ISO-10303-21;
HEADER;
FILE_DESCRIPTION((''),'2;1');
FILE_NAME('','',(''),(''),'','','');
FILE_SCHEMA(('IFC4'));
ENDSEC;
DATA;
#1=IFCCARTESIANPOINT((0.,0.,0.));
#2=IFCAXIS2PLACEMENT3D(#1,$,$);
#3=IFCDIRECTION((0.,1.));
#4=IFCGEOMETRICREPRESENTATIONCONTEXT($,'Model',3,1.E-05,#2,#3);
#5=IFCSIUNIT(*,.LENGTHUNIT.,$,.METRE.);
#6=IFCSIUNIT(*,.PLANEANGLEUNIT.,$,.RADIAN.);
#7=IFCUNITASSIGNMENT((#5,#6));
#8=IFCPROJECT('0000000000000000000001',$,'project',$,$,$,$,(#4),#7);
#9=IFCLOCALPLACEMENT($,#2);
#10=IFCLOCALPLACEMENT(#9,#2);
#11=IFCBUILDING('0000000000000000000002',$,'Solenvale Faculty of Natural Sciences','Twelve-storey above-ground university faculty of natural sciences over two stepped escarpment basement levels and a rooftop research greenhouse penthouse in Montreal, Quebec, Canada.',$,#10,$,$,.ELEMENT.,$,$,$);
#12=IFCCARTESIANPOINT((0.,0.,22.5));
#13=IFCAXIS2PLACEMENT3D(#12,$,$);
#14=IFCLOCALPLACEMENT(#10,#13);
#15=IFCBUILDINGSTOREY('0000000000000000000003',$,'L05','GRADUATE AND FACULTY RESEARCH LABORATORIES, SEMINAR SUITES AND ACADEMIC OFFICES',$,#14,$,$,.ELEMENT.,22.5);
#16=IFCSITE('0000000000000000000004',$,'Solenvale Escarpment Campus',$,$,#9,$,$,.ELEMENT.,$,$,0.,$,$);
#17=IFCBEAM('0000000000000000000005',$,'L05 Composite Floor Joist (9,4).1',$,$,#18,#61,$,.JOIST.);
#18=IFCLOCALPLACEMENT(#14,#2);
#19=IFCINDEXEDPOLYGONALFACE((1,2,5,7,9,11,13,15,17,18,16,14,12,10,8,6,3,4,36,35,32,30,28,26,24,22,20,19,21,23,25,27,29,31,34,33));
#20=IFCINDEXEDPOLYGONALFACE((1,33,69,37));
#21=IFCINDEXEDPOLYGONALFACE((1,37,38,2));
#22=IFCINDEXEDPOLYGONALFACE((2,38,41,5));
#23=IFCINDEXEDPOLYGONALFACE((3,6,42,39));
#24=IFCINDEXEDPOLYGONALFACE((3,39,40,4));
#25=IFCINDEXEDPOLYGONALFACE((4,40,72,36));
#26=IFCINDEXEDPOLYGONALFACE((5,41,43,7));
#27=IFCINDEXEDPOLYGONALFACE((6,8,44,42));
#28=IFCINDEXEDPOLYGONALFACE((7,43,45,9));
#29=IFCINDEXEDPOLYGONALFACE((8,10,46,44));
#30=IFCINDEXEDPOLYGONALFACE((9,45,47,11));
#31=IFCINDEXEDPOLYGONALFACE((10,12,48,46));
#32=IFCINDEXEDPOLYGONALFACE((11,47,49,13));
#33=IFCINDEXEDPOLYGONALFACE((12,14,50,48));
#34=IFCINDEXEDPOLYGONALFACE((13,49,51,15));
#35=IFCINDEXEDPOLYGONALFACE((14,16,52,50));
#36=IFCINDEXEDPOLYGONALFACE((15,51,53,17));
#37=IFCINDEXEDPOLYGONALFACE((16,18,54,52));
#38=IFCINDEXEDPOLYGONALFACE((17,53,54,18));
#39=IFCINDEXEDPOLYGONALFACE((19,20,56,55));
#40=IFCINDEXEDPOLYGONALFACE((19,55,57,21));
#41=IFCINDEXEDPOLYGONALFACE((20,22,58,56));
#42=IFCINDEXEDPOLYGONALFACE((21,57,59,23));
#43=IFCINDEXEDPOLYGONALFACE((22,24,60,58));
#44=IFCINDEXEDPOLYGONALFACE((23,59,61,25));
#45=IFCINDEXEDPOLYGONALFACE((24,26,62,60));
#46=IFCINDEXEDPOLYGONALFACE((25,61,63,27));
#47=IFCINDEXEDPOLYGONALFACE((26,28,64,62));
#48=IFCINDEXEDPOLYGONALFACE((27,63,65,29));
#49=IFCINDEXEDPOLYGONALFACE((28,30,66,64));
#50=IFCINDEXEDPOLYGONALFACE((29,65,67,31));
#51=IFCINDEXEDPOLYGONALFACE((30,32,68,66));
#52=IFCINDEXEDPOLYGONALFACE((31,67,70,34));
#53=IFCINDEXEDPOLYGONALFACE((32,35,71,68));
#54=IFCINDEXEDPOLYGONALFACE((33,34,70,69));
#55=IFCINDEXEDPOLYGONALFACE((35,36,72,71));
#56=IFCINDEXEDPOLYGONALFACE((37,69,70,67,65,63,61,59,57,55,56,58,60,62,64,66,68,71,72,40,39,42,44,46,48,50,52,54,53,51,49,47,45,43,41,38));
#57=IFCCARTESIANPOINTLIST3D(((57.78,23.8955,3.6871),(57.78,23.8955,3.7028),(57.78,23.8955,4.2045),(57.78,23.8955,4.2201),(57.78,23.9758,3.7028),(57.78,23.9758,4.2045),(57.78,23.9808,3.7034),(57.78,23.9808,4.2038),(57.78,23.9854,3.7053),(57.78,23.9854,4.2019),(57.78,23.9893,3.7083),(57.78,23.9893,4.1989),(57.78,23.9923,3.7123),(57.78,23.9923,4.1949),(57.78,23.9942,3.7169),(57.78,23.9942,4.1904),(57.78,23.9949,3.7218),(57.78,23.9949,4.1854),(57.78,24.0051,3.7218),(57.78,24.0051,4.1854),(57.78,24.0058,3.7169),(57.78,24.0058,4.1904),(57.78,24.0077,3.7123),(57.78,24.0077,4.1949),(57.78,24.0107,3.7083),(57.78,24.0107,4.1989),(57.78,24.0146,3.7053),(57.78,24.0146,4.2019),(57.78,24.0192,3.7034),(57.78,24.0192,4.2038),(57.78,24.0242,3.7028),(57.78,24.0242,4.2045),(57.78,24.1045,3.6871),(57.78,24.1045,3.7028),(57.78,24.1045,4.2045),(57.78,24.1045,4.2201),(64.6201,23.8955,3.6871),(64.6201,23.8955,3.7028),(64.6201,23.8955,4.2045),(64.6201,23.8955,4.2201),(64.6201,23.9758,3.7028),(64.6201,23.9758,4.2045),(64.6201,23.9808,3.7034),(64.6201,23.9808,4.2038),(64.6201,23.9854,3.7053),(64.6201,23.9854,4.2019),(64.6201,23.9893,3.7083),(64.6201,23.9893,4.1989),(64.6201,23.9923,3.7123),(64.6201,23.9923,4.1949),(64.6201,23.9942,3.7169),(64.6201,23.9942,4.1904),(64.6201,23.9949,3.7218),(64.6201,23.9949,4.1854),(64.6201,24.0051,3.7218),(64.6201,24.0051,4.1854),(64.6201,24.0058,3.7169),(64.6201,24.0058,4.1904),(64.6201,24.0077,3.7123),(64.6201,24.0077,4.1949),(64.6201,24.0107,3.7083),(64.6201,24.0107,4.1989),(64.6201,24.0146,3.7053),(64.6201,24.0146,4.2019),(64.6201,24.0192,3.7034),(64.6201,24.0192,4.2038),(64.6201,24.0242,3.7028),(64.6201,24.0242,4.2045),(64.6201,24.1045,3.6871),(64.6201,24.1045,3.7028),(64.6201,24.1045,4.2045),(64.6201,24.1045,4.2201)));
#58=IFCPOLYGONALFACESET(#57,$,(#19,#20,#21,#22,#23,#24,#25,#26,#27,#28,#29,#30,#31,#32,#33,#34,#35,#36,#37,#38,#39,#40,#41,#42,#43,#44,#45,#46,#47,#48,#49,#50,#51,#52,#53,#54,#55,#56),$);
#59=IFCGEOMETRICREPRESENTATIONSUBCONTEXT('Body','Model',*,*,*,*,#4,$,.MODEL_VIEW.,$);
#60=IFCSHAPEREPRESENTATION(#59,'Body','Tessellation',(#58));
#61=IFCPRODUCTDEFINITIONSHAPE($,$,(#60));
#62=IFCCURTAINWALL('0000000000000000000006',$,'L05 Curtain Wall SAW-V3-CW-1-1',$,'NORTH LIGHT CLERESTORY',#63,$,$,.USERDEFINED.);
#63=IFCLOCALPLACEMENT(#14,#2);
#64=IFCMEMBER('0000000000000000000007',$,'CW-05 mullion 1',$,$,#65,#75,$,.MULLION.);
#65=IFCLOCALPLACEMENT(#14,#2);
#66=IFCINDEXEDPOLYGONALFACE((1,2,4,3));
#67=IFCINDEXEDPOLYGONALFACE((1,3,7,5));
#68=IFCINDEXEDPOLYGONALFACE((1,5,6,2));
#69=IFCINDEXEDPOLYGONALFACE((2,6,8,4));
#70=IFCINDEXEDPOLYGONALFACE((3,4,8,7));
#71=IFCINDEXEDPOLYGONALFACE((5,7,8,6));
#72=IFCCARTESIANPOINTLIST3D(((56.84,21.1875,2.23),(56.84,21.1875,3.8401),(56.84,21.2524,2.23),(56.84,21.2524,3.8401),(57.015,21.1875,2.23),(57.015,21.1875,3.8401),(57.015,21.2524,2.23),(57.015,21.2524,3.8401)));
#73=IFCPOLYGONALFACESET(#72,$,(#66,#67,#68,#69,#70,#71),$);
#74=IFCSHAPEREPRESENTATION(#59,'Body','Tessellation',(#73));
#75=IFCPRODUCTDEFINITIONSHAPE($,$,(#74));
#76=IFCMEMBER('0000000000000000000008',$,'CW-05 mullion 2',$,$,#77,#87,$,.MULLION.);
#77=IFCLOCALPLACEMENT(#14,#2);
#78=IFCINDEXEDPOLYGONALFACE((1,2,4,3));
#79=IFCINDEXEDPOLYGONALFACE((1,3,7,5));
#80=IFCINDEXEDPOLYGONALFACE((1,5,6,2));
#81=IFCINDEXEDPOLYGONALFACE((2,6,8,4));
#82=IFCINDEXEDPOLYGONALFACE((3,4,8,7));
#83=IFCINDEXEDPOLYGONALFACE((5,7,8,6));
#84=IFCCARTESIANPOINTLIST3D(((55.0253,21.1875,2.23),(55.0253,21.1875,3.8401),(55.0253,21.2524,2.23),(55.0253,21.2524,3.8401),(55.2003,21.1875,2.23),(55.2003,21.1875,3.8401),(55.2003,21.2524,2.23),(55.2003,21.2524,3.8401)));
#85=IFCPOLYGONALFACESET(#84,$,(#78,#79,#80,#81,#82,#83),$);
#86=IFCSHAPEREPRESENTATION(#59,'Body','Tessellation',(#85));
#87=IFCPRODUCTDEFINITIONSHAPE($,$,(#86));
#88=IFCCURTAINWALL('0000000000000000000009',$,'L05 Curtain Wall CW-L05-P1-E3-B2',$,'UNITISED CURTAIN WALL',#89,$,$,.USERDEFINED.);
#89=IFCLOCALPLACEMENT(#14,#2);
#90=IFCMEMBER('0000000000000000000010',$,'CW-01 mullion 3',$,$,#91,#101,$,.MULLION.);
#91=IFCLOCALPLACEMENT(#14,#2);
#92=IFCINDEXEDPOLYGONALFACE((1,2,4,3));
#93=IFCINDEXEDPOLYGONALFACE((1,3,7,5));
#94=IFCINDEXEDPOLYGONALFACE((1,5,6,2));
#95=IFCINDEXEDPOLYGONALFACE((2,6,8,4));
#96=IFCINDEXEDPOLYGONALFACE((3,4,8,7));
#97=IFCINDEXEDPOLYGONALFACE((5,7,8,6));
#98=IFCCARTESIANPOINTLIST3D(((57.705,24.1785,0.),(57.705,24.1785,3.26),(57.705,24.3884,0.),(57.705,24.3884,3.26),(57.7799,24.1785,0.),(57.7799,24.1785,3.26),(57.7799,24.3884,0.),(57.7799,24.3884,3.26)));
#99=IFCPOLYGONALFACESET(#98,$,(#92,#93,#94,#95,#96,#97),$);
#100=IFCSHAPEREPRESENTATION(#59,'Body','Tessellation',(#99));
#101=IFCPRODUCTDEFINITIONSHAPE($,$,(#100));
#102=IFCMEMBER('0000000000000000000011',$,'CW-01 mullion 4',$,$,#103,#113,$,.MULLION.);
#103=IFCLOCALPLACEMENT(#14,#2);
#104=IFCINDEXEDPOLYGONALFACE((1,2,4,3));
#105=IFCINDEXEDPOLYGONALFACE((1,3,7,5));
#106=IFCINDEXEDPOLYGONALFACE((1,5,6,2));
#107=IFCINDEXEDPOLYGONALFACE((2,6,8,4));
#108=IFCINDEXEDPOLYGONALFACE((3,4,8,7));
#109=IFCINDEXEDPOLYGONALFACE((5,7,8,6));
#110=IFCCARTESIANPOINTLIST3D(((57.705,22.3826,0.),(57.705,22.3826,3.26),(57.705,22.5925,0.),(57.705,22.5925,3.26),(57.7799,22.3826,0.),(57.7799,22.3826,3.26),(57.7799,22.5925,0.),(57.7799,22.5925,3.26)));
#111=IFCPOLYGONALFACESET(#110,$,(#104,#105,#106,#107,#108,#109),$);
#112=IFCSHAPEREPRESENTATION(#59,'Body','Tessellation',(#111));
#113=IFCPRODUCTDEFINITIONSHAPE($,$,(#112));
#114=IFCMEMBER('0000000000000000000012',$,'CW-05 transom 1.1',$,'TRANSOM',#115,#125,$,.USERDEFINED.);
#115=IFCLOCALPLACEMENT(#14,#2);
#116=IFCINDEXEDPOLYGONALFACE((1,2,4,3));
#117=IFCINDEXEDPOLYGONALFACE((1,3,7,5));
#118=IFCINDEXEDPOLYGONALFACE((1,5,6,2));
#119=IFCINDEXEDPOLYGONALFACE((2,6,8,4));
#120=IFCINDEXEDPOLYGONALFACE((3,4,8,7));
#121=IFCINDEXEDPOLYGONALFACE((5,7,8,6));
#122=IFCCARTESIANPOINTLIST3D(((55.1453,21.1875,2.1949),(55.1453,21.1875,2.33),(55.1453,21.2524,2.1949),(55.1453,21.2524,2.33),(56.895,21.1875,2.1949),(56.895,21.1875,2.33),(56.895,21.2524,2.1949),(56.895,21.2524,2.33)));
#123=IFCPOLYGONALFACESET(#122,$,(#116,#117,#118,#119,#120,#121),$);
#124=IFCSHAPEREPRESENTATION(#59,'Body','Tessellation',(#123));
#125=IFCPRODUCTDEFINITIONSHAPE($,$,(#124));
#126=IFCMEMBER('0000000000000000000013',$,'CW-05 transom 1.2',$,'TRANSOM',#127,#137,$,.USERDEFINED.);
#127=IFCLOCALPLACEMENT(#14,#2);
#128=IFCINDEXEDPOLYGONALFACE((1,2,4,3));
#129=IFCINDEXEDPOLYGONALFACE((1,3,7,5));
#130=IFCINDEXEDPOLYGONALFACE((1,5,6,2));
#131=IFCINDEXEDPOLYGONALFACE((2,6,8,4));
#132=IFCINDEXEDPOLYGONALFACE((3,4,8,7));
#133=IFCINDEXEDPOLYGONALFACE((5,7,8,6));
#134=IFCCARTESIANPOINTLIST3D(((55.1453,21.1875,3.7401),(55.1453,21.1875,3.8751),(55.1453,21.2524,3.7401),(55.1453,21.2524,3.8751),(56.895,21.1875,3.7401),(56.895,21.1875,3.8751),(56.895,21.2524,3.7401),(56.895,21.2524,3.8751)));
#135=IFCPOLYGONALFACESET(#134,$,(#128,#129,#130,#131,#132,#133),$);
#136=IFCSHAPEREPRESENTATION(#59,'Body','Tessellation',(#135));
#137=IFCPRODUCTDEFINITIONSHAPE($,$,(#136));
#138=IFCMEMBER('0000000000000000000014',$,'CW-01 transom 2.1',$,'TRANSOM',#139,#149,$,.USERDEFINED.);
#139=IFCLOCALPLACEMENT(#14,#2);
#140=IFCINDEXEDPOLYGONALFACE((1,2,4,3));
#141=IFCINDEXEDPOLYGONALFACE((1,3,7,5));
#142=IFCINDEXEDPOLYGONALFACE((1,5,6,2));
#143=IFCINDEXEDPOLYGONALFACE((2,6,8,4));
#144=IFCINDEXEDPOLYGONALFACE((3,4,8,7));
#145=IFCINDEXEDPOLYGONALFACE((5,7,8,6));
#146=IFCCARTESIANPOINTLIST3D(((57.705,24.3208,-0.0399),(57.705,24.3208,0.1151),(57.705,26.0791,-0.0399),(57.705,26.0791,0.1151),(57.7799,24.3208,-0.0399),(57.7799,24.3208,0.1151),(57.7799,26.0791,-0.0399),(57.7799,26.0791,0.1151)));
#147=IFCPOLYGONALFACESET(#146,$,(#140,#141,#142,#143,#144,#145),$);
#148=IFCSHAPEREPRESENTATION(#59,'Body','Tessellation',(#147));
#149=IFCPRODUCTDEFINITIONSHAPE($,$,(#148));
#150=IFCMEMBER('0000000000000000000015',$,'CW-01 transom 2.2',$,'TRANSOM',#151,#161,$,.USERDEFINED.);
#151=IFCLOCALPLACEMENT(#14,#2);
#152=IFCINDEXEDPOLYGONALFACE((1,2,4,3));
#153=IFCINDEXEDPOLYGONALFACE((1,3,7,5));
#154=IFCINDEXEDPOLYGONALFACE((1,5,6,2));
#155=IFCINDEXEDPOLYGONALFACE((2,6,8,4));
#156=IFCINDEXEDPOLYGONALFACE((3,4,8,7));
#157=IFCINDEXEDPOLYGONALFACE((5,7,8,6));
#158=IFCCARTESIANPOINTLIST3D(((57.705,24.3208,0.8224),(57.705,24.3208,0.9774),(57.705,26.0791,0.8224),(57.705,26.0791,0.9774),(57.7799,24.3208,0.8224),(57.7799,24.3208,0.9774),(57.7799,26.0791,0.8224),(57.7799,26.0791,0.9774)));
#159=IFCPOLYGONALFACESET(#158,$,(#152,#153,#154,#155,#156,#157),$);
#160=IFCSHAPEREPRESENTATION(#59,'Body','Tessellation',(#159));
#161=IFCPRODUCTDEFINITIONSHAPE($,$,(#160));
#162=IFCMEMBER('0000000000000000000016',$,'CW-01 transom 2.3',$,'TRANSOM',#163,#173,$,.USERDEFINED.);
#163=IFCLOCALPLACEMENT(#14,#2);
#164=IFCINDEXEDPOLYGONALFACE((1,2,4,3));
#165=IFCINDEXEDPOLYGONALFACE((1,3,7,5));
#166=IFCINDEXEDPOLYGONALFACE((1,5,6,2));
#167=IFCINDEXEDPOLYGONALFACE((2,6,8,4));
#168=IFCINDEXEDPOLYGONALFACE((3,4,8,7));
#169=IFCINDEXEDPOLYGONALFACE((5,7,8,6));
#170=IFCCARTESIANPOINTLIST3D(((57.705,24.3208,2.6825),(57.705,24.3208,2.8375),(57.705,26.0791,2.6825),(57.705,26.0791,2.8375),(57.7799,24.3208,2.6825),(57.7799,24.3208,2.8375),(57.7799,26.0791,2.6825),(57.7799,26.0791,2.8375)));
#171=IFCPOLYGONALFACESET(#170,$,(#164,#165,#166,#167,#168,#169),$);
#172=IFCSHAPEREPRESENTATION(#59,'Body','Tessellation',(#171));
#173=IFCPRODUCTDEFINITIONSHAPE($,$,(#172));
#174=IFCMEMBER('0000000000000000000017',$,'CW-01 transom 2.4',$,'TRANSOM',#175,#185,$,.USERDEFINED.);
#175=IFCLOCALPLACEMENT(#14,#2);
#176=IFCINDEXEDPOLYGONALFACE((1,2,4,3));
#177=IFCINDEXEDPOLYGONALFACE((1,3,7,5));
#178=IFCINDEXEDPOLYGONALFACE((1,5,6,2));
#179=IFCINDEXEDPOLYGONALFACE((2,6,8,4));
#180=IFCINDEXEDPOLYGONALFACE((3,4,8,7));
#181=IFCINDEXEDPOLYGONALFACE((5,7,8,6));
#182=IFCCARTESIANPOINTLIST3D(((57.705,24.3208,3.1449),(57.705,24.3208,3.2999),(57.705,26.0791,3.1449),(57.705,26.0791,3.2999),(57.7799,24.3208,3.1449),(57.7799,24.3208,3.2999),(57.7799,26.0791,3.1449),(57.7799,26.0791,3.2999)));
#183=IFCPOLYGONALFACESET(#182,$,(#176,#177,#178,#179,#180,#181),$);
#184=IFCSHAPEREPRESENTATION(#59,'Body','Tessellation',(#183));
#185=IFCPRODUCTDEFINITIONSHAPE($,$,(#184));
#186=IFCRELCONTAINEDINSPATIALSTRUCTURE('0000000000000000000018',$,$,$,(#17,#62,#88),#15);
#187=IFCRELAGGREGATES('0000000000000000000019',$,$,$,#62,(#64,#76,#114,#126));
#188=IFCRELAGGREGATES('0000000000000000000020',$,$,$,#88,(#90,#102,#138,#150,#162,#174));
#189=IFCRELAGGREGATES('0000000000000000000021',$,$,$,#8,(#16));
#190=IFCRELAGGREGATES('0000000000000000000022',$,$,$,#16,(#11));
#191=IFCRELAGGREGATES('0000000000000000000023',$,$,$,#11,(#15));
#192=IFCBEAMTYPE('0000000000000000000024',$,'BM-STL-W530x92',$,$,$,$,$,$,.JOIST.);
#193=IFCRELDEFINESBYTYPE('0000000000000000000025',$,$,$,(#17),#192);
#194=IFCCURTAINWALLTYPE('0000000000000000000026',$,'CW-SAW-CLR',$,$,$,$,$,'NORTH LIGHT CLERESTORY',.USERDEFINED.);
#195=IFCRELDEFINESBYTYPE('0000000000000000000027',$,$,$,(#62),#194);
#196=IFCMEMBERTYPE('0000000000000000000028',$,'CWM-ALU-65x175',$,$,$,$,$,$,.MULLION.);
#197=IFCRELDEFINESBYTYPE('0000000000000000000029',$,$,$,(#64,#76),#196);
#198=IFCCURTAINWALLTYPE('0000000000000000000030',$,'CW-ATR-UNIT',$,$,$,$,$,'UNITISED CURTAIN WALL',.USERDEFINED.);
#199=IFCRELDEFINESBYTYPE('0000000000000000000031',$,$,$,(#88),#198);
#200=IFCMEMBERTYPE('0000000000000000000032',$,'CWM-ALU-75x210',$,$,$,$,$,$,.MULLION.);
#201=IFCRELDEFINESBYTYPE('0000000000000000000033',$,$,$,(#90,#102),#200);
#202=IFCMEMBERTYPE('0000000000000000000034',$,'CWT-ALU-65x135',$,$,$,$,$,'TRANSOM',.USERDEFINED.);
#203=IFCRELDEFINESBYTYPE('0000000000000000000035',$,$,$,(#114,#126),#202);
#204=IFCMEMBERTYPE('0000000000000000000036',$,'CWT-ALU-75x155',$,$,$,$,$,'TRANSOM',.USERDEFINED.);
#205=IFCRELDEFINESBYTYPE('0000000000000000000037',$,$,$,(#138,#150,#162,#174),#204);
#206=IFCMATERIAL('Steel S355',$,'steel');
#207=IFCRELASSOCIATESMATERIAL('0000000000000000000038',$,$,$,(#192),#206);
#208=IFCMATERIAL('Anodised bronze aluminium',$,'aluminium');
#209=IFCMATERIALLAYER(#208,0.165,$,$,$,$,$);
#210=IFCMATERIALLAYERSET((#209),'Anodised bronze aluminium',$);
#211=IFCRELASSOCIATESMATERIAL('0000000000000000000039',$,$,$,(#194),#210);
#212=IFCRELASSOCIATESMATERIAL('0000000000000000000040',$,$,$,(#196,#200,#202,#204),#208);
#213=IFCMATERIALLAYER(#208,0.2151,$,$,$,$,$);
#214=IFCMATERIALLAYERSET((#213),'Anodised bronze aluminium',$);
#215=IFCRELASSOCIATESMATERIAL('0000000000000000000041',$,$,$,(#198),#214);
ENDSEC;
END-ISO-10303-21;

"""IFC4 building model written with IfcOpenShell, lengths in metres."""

from ifc_helpers import new_model, si_unit, direction, frame, origin, origin_2d, place, context, subcontext, project, spatial, rectangle, i_section, extrude, material, layer, layer_set, material_profile, profile_set, type_object, element, aggregate, save


model = new_model("IFC4")

# Units and contexts
model_context = context("Model", 3, precision=1e-05, world=origin(), true_north=direction((0.0, 1.0)))
body_context = subcontext(model_context, "Body", "Model", "MODEL_VIEW")
ifc_project = project(units=[si_unit("LENGTHUNIT", "METRE"), si_unit("PLANEANGLEUNIT", "RADIAN")], contexts=[model_context])

# Site, building, storey
site_placement = place(None, origin())
site = spatial("IfcSite", under=ifc_project, at=site_placement, Name="Solenvale Escarpment Campus", CompositionType="ELEMENT", RefElevation=0.0)
building_placement = place(site_placement, origin())
building = spatial("IfcBuilding", under=site, at=building_placement, Name="Solenvale Faculty of Natural Sciences", Description="Twelve-storey above-ground university faculty of natural sciences over two stepped escarpment basement levels and a rooftop research greenhouse penthouse in Montreal, Quebec, Canada.", CompositionType="ELEMENT")
storey_placement = place(building_placement, frame((0.0, 0.0, 22.5)))
storey = spatial("IfcBuildingStorey", under=building, at=storey_placement, Name="L05", Description="GRADUATE AND FACULTY RESEARCH LABORATORIES, SEMINAR SUITES AND ACADEMIC OFFICES", CompositionType="ELEMENT", Elevation=22.5)

# Shared definitions
ifc_material_1 = material(Name="Steel S355", Category="steel")

# Beam
ifc_material_profile_1 = material_profile(ifc_material_1, i_section(OverallWidth=0.209, OverallDepth=0.533, WebThickness=0.0103, FlangeThickness=0.0156, FilletRadius=0.019, at=origin_2d()), Name="W530x92")
ifc_profile_set_1 = profile_set([ifc_material_profile_1], Name="Steel S355")
beam_type_1 = type_object("IfcBeamType", Name="BM-STL-W530x92", PredefinedType="JOIST", material=ifc_profile_set_1)
beam_1_placement = place(storey_placement, frame((57.78, 24.0, 3.9536), z_axis=(1.0, 0.0, 0.0), x_axis=(0.0, 1.0, 0.0)))
element("IfcBeam", 1, at=beam_1_placement, inside=storey, type_object=beam_type_1, Name="L05 Composite Floor Joist (9,4).1", PredefinedType="JOIST", context=body_context, shape_type="SweptSolid", body=[
    extrude(i_section(OverallWidth=0.209, OverallDepth=0.533, WebThickness=0.0103, FlangeThickness=0.0156, FilletRadius=0.019, at=origin_2d()), origin(), (0.0, 0.0, 1.0), 6.8401),
])

# Curtain walls, members
ifc_material_2 = material(Name="Anodised bronze aluminium", Category="aluminium")
ifc_layer_1 = layer(ifc_material_2, 0.165)
ifc_layer_set_1 = layer_set([ifc_layer_1], Name="Anodised bronze aluminium")
curtain_wall_type_1 = type_object("IfcCurtainWallType", Name="CW-SAW-CLR", ElementType="NORTH LIGHT CLERESTORY", PredefinedType="USERDEFINED", material=ifc_layer_set_1)
curtain_wall_1_placement = place(storey_placement, origin())
curtain_wall_1 = element("IfcCurtainWall", 2, at=curtain_wall_1_placement, inside=storey, type_object=curtain_wall_type_1, Name="L05 Curtain Wall SAW-V3-CW-1-1", ObjectType="NORTH LIGHT CLERESTORY", PredefinedType="USERDEFINED")
ifc_material_profile_2 = material_profile(ifc_material_2, rectangle(XDim=0.0649, YDim=0.175, at=origin_2d()), Name="ALU-MUL-65x175")
ifc_profile_set_2 = profile_set([ifc_material_profile_2], Name="Anodised bronze aluminium")
member_type_1 = type_object("IfcMemberType", Name="CWM-ALU-65x175", PredefinedType="MULLION", material=ifc_profile_set_2)
member_1_placement = place(storey_placement, frame((56.9275, 21.22, 2.23), z_axis=(0.0, 0.0, 1.0), x_axis=(0.0, -1.0, 0.0)))
member_1 = element("IfcMember", 3, at=member_1_placement, type_object=member_type_1, Name="CW-05 mullion 1", PredefinedType="MULLION", context=body_context, shape_type="SweptSolid", body=[
    extrude(rectangle(XDim=0.0649, YDim=0.175, at=origin_2d()), origin(), (0.0, 0.0, 1.0), 1.6101),
])
member_2_placement = place(storey_placement, frame((55.1128, 21.22, 2.23), z_axis=(0.0, 0.0, 1.0), x_axis=(0.0, -1.0, 0.0)))
member_2 = element("IfcMember", 4, at=member_2_placement, type_object=member_type_1, Name="CW-05 mullion 2", PredefinedType="MULLION", context=body_context, shape_type="SweptSolid", body=[
    extrude(rectangle(XDim=0.0649, YDim=0.175, at=origin_2d()), origin(), (0.0, 0.0, 1.0), 1.6101),
])
ifc_layer_2 = layer(ifc_material_2, 0.2151)
ifc_layer_set_2 = layer_set([ifc_layer_2], Name="Anodised bronze aluminium")
curtain_wall_type_2 = type_object("IfcCurtainWallType", Name="CW-ATR-UNIT", ElementType="UNITISED CURTAIN WALL", PredefinedType="USERDEFINED", material=ifc_layer_set_2)
curtain_wall_2_placement = place(storey_placement, origin())
curtain_wall_2 = element("IfcCurtainWall", 5, at=curtain_wall_2_placement, inside=storey, type_object=curtain_wall_type_2, Name="L05 Curtain Wall CW-L05-P1-E3-B2", ObjectType="UNITISED CURTAIN WALL", PredefinedType="USERDEFINED")
ifc_material_profile_3 = material_profile(ifc_material_2, rectangle(XDim=0.075, YDim=0.21, at=origin_2d()), Name="ALU-MUL-75x210")
ifc_profile_set_3 = profile_set([ifc_material_profile_3], Name="Anodised bronze aluminium")
member_type_2 = type_object("IfcMemberType", Name="CWM-ALU-75x210", PredefinedType="MULLION", material=ifc_profile_set_3)
member_3_placement = place(storey_placement, frame((57.7424, 24.2834, 0.0), z_axis=(0.0, 0.0, 1.0), x_axis=(1.0, 0.0, 0.0)))
member_3 = element("IfcMember", 6, at=member_3_placement, type_object=member_type_2, Name="CW-01 mullion 3", PredefinedType="MULLION", context=body_context, shape_type="SweptSolid", body=[
    extrude(rectangle(XDim=0.075, YDim=0.21, at=origin_2d()), origin(), (0.0, 0.0, 1.0), 3.26),
])
member_4_placement = place(storey_placement, frame((57.7424, 22.4875, 0.0), z_axis=(0.0, 0.0, 1.0), x_axis=(1.0, 0.0, 0.0)))
member_4 = element("IfcMember", 7, at=member_4_placement, type_object=member_type_2, Name="CW-01 mullion 4", PredefinedType="MULLION", context=body_context, shape_type="SweptSolid", body=[
    extrude(rectangle(XDim=0.075, YDim=0.21, at=origin_2d()), origin(), (0.0, 0.0, 1.0), 3.26),
])

# Members
ifc_material_profile_4 = material_profile(ifc_material_2, rectangle(XDim=0.0649, YDim=0.135, at=origin_2d()), Name="ALU-TRN-65x135")
ifc_profile_set_4 = profile_set([ifc_material_profile_4], Name="Anodised bronze aluminium")
member_type_3 = type_object("IfcMemberType", Name="CWT-ALU-65x135", ElementType="TRANSOM", PredefinedType="USERDEFINED", material=ifc_profile_set_4)
member_5_placement = place(storey_placement, frame((56.895, 21.22, 2.2625), z_axis=(-1.0, 0.0, 0.0), x_axis=(0.0, -1.0, 0.0)))
member_5 = element("IfcMember", 8, at=member_5_placement, type_object=member_type_3, Name="CW-05 transom 1.1", ObjectType="TRANSOM", PredefinedType="USERDEFINED", context=body_context, shape_type="SweptSolid", body=[
    extrude(rectangle(XDim=0.0649, YDim=0.135, at=origin_2d()), origin(), (0.0, 0.0, 1.0), 1.7498),
])
member_6_placement = place(storey_placement, frame((56.895, 21.22, 3.8076), z_axis=(-1.0, 0.0, 0.0), x_axis=(0.0, -1.0, 0.0)))
member_6 = element("IfcMember", 9, at=member_6_placement, type_object=member_type_3, Name="CW-05 transom 1.2", ObjectType="TRANSOM", PredefinedType="USERDEFINED", context=body_context, shape_type="SweptSolid", body=[
    extrude(rectangle(XDim=0.0649, YDim=0.135, at=origin_2d()), origin(), (0.0, 0.0, 1.0), 1.7498),
])
ifc_material_profile_5 = material_profile(ifc_material_2, rectangle(XDim=0.075, YDim=0.155, at=origin_2d()), Name="ALU-TRN-75x155")
ifc_profile_set_5 = profile_set([ifc_material_profile_5], Name="Anodised bronze aluminium")
member_type_4 = type_object("IfcMemberType", Name="CWT-ALU-75x155", ElementType="TRANSOM", PredefinedType="USERDEFINED", material=ifc_profile_set_5)
member_7_placement = place(storey_placement, frame((57.7424, 26.0791, 0.0376), z_axis=(0.0, -1.0, 0.0), x_axis=(1.0, 0.0, 0.0)))
member_7 = element("IfcMember", 10, at=member_7_placement, type_object=member_type_4, Name="CW-01 transom 2.1", ObjectType="TRANSOM", PredefinedType="USERDEFINED", context=body_context, shape_type="SweptSolid", body=[
    extrude(rectangle(XDim=0.075, YDim=0.155, at=origin_2d()), origin(), (0.0, 0.0, 1.0), 1.7583),
])
member_8_placement = place(storey_placement, frame((57.7424, 26.0791, 0.8999), z_axis=(0.0, -1.0, 0.0), x_axis=(1.0, 0.0, 0.0)))
member_8 = element("IfcMember", 11, at=member_8_placement, type_object=member_type_4, Name="CW-01 transom 2.2", ObjectType="TRANSOM", PredefinedType="USERDEFINED", context=body_context, shape_type="SweptSolid", body=[
    extrude(rectangle(XDim=0.075, YDim=0.155, at=origin_2d()), origin(), (0.0, 0.0, 1.0), 1.7583),
])
member_9_placement = place(storey_placement, frame((57.7424, 26.0791, 2.76), z_axis=(0.0, -1.0, 0.0), x_axis=(1.0, 0.0, 0.0)))
member_9 = element("IfcMember", 12, at=member_9_placement, type_object=member_type_4, Name="CW-01 transom 2.3", ObjectType="TRANSOM", PredefinedType="USERDEFINED", context=body_context, shape_type="SweptSolid", body=[
    extrude(rectangle(XDim=0.075, YDim=0.155, at=origin_2d()), origin(), (0.0, 0.0, 1.0), 1.7583),
])
member_10_placement = place(storey_placement, frame((57.7424, 26.0791, 3.2224), z_axis=(0.0, -1.0, 0.0), x_axis=(1.0, 0.0, 0.0)))
member_10 = element("IfcMember", 13, at=member_10_placement, type_object=member_type_4, Name="CW-01 transom 2.4", ObjectType="TRANSOM", PredefinedType="USERDEFINED", context=body_context, shape_type="SweptSolid", body=[
    extrude(rectangle(XDim=0.075, YDim=0.155, at=origin_2d()), origin(), (0.0, 0.0, 1.0), 1.7583),
])

aggregate(curtain_wall_1, [member_1, member_2, member_5, member_6])
aggregate(curtain_wall_2, [member_3, member_4, member_7, member_8, member_9, member_10])

save(model, "model.ifc")
